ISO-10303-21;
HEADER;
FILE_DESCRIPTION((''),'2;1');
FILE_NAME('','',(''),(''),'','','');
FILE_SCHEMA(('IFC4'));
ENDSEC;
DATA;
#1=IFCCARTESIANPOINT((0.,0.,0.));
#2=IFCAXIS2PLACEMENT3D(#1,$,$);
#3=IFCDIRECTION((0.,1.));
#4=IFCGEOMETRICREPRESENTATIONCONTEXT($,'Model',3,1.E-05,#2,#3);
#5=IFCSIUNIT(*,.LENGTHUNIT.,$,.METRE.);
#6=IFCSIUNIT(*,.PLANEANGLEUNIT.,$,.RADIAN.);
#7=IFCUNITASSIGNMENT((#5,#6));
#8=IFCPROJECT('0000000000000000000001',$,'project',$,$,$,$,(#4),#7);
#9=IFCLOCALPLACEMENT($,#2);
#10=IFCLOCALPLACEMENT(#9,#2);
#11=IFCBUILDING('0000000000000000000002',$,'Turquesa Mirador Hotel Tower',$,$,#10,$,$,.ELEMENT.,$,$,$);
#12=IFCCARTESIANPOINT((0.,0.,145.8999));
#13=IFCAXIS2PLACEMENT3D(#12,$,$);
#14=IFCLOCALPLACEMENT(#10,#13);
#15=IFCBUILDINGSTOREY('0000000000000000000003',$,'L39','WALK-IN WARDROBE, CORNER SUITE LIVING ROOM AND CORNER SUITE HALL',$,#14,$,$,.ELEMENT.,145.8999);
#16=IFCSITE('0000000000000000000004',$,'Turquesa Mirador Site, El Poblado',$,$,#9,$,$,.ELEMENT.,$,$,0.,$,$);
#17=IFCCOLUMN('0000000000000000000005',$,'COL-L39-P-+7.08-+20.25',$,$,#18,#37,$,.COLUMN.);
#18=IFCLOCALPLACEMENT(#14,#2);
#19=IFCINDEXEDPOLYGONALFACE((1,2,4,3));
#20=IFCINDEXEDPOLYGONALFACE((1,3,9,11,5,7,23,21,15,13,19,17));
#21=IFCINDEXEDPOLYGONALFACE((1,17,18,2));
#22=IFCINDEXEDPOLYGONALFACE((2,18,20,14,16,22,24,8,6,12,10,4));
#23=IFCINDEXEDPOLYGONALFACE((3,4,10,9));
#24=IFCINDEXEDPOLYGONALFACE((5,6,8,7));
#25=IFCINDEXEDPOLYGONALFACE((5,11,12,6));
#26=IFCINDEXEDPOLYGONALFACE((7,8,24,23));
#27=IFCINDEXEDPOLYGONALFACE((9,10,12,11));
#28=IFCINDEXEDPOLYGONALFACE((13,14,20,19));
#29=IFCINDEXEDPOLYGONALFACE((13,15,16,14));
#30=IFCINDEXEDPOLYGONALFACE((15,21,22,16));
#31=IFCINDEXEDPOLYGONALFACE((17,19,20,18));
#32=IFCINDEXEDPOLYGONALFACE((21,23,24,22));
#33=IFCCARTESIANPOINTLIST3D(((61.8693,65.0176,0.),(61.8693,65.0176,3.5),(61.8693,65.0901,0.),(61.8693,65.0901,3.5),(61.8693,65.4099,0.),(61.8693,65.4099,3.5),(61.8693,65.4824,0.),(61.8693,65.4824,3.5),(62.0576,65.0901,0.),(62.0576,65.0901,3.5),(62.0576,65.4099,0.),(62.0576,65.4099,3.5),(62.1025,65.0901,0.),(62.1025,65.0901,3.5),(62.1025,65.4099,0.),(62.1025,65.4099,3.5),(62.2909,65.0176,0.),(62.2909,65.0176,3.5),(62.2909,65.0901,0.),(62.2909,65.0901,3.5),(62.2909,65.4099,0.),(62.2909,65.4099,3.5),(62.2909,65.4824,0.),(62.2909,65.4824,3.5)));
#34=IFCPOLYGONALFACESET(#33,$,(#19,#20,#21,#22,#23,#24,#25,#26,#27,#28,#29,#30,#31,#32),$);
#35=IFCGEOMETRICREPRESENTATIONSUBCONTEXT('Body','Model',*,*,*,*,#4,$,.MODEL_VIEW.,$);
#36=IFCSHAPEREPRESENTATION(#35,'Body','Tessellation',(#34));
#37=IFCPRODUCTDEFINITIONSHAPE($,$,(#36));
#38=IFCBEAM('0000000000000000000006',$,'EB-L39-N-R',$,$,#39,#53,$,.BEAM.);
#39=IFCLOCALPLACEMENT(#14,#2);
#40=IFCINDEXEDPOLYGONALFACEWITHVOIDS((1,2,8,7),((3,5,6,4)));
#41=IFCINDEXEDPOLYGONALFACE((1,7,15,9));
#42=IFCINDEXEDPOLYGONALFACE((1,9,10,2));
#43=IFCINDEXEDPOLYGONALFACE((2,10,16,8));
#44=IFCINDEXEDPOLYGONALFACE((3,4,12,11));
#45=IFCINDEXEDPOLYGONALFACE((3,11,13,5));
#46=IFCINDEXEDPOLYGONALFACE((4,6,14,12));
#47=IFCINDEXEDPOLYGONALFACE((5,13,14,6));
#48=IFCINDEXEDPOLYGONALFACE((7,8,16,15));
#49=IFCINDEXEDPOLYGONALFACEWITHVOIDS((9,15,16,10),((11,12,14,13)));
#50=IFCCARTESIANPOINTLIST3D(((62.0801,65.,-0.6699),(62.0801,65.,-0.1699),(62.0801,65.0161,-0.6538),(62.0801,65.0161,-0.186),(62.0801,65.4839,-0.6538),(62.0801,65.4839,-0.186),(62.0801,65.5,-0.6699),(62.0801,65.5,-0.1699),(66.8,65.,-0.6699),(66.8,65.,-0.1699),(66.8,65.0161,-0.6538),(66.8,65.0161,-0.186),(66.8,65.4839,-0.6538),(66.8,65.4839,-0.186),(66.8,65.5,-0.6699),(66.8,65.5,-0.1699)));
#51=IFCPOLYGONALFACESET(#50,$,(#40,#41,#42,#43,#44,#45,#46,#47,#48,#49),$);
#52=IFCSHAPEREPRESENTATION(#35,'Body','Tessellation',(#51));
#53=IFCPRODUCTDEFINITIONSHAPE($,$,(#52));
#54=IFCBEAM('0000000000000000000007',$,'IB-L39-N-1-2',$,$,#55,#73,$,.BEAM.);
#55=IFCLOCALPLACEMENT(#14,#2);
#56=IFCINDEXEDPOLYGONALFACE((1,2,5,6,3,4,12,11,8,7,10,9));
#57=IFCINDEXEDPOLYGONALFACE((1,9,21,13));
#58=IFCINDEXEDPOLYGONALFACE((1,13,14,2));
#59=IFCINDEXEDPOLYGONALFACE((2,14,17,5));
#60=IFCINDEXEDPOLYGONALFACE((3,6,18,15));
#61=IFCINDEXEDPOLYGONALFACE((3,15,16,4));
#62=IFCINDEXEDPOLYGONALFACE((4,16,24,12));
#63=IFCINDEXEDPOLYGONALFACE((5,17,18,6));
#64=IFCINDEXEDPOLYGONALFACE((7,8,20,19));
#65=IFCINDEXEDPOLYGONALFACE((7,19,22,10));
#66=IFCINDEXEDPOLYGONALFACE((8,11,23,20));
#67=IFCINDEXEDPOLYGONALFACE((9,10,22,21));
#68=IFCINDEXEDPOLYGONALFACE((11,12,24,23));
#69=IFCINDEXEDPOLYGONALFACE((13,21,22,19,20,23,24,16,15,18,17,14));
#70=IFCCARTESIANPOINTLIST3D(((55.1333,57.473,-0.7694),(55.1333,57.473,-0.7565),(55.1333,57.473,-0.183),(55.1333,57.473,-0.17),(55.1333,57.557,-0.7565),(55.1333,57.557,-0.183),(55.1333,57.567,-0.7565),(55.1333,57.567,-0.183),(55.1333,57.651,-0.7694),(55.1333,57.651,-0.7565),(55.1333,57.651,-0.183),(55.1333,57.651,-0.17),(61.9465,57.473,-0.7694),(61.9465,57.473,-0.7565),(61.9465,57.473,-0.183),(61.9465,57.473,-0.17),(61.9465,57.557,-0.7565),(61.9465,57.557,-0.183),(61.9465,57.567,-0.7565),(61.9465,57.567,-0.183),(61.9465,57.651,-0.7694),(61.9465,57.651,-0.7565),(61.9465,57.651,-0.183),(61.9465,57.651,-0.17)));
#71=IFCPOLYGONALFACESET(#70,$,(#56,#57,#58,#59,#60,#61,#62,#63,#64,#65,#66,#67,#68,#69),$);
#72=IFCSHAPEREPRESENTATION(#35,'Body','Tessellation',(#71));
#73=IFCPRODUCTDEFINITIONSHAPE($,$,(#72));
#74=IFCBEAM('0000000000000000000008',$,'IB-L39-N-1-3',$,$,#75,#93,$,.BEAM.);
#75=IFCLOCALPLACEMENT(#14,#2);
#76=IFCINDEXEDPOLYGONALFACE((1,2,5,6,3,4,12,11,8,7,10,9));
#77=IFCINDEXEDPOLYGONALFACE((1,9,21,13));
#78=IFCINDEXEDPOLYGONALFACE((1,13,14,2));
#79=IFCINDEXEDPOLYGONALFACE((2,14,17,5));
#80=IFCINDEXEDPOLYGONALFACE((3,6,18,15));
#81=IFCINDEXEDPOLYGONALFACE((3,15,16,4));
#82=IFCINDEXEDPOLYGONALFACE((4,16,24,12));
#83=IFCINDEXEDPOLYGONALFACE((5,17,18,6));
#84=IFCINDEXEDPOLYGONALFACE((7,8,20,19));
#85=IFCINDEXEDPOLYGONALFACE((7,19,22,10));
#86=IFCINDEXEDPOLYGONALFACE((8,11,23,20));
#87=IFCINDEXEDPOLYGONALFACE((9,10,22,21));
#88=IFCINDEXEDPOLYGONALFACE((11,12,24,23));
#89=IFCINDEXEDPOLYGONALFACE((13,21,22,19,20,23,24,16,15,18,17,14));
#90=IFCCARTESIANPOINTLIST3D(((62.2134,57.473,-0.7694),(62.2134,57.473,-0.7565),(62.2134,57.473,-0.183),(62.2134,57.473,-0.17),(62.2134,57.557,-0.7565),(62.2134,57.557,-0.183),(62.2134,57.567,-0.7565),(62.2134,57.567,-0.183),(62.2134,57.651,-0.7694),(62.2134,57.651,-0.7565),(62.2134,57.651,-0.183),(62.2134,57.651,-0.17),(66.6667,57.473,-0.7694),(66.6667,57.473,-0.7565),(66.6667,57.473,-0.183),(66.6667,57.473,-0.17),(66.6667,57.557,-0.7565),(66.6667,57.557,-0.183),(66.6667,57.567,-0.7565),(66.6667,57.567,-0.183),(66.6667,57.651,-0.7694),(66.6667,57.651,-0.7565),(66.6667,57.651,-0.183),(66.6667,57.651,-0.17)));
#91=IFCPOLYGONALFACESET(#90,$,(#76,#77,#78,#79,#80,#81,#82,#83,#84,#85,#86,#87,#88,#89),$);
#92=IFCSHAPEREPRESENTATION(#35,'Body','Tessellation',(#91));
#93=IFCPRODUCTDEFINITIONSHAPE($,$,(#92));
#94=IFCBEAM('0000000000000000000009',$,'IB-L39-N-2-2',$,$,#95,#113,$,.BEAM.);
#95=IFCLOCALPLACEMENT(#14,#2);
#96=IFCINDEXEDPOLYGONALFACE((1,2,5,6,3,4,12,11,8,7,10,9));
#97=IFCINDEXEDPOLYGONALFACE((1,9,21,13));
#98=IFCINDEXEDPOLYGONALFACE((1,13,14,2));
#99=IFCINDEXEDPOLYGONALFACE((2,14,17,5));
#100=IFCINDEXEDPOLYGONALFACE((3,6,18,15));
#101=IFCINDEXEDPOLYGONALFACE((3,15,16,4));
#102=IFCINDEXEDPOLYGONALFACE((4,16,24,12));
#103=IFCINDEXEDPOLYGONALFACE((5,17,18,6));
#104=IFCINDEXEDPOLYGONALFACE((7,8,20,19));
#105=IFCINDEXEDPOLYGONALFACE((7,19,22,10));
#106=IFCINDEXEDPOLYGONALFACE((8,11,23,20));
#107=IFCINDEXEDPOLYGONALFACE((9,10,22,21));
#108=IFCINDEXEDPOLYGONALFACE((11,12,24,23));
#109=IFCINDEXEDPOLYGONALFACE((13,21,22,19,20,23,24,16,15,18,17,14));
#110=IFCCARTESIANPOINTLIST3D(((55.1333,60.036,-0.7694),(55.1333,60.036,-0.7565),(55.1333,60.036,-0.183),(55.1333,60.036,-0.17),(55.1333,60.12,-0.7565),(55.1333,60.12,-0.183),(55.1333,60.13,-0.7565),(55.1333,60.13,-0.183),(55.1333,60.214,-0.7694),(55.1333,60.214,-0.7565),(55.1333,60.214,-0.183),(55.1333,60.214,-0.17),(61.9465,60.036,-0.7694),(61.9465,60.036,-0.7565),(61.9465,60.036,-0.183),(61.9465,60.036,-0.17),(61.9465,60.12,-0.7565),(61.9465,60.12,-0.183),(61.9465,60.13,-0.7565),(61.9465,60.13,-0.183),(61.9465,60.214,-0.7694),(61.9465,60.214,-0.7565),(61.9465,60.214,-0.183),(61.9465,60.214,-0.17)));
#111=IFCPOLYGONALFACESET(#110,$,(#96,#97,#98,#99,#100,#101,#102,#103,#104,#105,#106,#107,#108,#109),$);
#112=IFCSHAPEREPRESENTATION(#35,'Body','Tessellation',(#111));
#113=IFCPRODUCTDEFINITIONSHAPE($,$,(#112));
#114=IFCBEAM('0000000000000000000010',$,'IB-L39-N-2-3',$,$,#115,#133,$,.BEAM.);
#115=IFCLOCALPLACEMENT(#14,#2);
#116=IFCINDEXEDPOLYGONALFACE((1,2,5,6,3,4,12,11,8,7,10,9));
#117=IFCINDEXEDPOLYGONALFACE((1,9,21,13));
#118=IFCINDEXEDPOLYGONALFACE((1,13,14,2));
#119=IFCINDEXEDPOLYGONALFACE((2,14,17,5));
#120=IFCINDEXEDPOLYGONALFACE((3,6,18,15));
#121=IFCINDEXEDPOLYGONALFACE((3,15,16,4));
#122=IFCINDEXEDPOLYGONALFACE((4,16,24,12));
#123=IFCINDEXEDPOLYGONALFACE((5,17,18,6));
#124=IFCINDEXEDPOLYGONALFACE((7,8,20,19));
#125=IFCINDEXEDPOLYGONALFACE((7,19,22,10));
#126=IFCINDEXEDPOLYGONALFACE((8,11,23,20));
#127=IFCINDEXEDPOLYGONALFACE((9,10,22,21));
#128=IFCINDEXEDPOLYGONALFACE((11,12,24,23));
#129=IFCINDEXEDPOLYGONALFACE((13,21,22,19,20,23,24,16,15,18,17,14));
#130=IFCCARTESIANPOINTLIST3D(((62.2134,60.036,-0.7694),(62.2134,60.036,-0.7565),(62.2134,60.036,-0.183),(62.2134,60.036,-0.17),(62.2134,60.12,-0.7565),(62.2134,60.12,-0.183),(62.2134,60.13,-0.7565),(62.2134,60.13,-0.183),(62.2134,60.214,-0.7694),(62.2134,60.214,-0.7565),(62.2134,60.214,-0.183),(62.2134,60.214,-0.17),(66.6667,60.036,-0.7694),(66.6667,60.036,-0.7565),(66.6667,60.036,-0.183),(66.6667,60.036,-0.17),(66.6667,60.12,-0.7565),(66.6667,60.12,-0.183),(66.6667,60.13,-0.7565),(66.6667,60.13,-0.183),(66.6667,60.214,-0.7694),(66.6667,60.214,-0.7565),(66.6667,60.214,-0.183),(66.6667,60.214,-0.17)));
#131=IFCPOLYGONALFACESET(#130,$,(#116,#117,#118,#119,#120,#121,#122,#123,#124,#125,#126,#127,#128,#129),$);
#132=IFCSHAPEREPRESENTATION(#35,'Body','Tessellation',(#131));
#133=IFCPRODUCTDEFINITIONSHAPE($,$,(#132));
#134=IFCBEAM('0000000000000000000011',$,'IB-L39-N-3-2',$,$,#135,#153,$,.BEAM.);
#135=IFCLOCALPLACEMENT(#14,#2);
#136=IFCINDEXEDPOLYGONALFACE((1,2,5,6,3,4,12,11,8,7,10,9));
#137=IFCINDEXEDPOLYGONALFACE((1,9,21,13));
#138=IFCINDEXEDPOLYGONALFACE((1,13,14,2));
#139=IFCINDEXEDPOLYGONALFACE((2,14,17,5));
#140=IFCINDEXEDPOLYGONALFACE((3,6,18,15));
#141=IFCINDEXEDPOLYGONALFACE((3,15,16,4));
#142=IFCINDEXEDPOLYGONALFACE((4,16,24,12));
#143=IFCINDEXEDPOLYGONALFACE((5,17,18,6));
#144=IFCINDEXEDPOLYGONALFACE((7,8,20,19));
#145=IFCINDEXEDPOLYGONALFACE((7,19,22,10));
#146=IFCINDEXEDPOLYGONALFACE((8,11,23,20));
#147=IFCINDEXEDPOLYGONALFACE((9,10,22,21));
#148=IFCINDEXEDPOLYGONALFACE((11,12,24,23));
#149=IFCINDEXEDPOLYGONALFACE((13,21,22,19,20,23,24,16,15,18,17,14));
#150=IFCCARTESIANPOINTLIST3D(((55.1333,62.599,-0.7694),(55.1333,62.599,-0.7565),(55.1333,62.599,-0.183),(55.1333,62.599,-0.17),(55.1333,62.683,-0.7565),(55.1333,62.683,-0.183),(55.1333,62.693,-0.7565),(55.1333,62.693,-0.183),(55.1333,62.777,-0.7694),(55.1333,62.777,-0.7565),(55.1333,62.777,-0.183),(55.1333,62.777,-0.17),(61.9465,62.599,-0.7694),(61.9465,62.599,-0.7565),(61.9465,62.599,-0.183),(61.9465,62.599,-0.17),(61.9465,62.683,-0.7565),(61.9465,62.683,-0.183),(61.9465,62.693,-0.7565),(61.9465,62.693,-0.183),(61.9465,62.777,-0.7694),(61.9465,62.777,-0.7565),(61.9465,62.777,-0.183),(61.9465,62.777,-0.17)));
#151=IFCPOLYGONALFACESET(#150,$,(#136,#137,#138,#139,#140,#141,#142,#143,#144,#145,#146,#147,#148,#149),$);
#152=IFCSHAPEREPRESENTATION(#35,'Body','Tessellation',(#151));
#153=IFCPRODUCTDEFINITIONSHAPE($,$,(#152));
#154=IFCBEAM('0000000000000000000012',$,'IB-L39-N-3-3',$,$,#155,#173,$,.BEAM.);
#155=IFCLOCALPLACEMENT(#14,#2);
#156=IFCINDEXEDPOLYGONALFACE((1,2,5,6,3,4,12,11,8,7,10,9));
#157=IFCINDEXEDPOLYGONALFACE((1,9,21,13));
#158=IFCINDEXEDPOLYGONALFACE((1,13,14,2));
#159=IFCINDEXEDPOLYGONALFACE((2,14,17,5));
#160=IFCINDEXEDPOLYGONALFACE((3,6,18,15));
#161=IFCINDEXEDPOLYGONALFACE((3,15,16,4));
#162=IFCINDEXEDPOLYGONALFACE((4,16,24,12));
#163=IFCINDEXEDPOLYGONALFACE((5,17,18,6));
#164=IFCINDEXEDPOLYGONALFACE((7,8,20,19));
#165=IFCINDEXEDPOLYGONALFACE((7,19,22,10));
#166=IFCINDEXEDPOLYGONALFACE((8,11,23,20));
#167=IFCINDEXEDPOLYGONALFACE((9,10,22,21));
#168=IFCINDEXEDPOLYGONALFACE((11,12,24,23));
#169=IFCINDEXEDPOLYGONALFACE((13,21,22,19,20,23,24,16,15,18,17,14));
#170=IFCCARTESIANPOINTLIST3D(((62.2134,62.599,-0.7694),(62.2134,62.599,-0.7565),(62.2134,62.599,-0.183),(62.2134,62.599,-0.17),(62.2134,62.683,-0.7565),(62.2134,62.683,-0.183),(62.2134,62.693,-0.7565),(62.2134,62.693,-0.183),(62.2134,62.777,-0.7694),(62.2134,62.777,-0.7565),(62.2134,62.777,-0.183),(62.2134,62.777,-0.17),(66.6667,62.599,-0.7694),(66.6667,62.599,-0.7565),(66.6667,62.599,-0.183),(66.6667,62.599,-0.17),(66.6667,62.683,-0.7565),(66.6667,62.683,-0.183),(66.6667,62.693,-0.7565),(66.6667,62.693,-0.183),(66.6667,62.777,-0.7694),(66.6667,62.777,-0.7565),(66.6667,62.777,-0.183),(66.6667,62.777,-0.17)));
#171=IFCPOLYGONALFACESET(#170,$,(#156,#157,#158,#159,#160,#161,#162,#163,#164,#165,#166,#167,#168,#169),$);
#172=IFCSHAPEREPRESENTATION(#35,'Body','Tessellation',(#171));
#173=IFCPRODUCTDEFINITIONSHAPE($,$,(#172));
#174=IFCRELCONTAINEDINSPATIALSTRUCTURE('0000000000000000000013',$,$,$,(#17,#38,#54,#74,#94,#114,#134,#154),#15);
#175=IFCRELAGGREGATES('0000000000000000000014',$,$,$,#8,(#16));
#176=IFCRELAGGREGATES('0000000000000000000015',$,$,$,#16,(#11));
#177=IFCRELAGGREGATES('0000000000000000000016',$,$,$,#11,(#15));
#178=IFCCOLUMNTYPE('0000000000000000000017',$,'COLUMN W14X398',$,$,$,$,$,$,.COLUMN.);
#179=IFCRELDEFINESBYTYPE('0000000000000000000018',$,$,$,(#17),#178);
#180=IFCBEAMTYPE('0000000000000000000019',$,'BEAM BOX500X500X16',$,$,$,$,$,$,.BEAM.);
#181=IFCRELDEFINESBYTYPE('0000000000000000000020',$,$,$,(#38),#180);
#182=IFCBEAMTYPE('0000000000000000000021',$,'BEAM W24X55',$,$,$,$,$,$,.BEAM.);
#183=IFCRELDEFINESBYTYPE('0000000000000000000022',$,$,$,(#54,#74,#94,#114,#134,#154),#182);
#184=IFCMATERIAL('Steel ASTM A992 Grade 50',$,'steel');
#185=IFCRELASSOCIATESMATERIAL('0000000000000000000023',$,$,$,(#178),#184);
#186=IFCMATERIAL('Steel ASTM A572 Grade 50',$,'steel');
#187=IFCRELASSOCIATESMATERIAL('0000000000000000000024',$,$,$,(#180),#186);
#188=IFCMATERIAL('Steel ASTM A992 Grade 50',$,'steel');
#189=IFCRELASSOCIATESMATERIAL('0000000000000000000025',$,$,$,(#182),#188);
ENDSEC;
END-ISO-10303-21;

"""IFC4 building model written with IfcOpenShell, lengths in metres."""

from ifc_helpers import new_model, si_unit, direction, frame, origin, origin_2d, place, context, subcontext, project, spatial, hollow_rectangle, i_section, extrude, material, material_profile, profile_set, type_object, element, save


model = new_model("IFC4")

# Units and contexts
model_context = context("Model", 3, precision=1e-05, world=origin(), true_north=direction((0.0, 1.0)))
body_context = subcontext(model_context, "Body", "Model", "MODEL_VIEW")
ifc_project = project(units=[si_unit("LENGTHUNIT", "METRE"), si_unit("PLANEANGLEUNIT", "RADIAN")], contexts=[model_context])

# Site, building, storey
site_placement = place(None, origin())
site = spatial("IfcSite", under=ifc_project, at=site_placement, Name="Turquesa Mirador Site, El Poblado", CompositionType="ELEMENT", RefElevation=0.0)
building_placement = place(site_placement, origin())
building = spatial("IfcBuilding", under=site, at=building_placement, Name="Turquesa Mirador Hotel Tower", CompositionType="ELEMENT")
storey_placement = place(building_placement, frame((0.0, 0.0, 145.8999)))
storey = spatial("IfcBuildingStorey", under=building, at=storey_placement, Name="L39", Description="WALK-IN WARDROBE, CORNER SUITE LIVING ROOM AND CORNER SUITE HALL", CompositionType="ELEMENT", Elevation=145.8999)

# Column
ifc_material_1 = material(Name="Steel ASTM A992 Grade 50", Category="steel")
ifc_material_profile_1 = material_profile(ifc_material_1, i_section(OverallWidth=0.4216, OverallDepth=0.4648, WebThickness=0.0449, FlangeThickness=0.0725, at=origin_2d()), Name="W14X398")
ifc_profile_set_1 = profile_set([ifc_material_profile_1], Name="Steel ASTM A992 Grade 50")
column_type = type_object("IfcColumnType", Name="COLUMN W14X398", PredefinedType="COLUMN", material=ifc_profile_set_1)
column_placement = place(storey_placement, frame((62.0801, 65.25, 0.0), z_axis=(0.0, 0.0, 1.0), x_axis=(1.0, 0.0, 0.0)))
element("IfcColumn", 1, at=column_placement, inside=storey, type_object=column_type, Name="COL-L39-P-+7.08-+20.25", PredefinedType="COLUMN", context=body_context, shape_type="SweptSolid", body=[
    extrude(i_section(OverallWidth=0.4216, OverallDepth=0.4648, WebThickness=0.0449, FlangeThickness=0.0725, at=origin_2d()), origin(), (0.0, 0.0, 1.0), 3.5),
])

# Beams
ifc_material_2 = material(Name="Steel ASTM A572 Grade 50", Category="steel")
ifc_material_profile_2 = material_profile(ifc_material_2, hollow_rectangle(XDim=0.5, YDim=0.5, WallThickness=0.0161, at=origin_2d()), Name="BOX500X500X16")
ifc_profile_set_2 = profile_set([ifc_material_profile_2], Name="Steel ASTM A572 Grade 50")
beam_type_1 = type_object("IfcBeamType", Name="BEAM BOX500X500X16", PredefinedType="BEAM", material=ifc_profile_set_2)
beam_1_placement = place(storey_placement, frame((62.0801, 65.25, -0.4199), z_axis=(1.0, 0.0, 0.0), x_axis=(0.0, 1.0, 0.0)))
element("IfcBeam", 2, at=beam_1_placement, inside=storey, type_object=beam_type_1, Name="EB-L39-N-R", PredefinedType="BEAM", context=body_context, shape_type="SweptSolid", body=[
    extrude(hollow_rectangle(XDim=0.5, YDim=0.5, WallThickness=0.0161, at=origin_2d()), origin(), (0.0, 0.0, 1.0), 4.72),
])
ifc_material_3 = material(Name="Steel ASTM A992 Grade 50", Category="steel")
ifc_material_profile_3 = material_profile(ifc_material_3, i_section(OverallWidth=0.178, OverallDepth=0.5994, WebThickness=0.01, FlangeThickness=0.0129, at=origin_2d()), Name="W24X55")
ifc_profile_set_3 = profile_set([ifc_material_profile_3], Name="Steel ASTM A992 Grade 50")
beam_type_2 = type_object("IfcBeamType", Name="BEAM W24X55", PredefinedType="BEAM", material=ifc_profile_set_3)
beam_2_placement = place(storey_placement, frame((55.1333, 57.562, -0.4697), z_axis=(1.0, 0.0, 0.0), x_axis=(0.0, 1.0, 0.0)))
element("IfcBeam", 3, at=beam_2_placement, inside=storey, type_object=beam_type_2, Name="IB-L39-N-1-2", PredefinedType="BEAM", context=body_context, shape_type="SweptSolid", body=[
    extrude(i_section(OverallWidth=0.178, OverallDepth=0.5994, WebThickness=0.01, FlangeThickness=0.0129, at=origin_2d()), origin(), (0.0, 0.0, 1.0), 6.8132),
])
beam_3_placement = place(storey_placement, frame((62.2134, 57.562, -0.4697), z_axis=(1.0, 0.0, 0.0), x_axis=(0.0, 1.0, 0.0)))
element("IfcBeam", 4, at=beam_3_placement, inside=storey, type_object=beam_type_2, Name="IB-L39-N-1-3", PredefinedType="BEAM", context=body_context, shape_type="SweptSolid", body=[
    extrude(i_section(OverallWidth=0.178, OverallDepth=0.5994, WebThickness=0.01, FlangeThickness=0.0129, at=origin_2d()), origin(), (0.0, 0.0, 1.0), 4.4534),
])
beam_4_placement = place(storey_placement, frame((55.1333, 60.125, -0.4697), z_axis=(1.0, 0.0, 0.0), x_axis=(0.0, 1.0, 0.0)))
element("IfcBeam", 5, at=beam_4_placement, inside=storey, type_object=beam_type_2, Name="IB-L39-N-2-2", PredefinedType="BEAM", context=body_context, shape_type="SweptSolid", body=[
    extrude(i_section(OverallWidth=0.178, OverallDepth=0.5994, WebThickness=0.01, FlangeThickness=0.0129, at=origin_2d()), origin(), (0.0, 0.0, 1.0), 6.8132),
])
beam_5_placement = place(storey_placement, frame((62.2134, 60.125, -0.4697), z_axis=(1.0, 0.0, 0.0), x_axis=(0.0, 1.0, 0.0)))
element("IfcBeam", 6, at=beam_5_placement, inside=storey, type_object=beam_type_2, Name="IB-L39-N-2-3", PredefinedType="BEAM", context=body_context, shape_type="SweptSolid", body=[
    extrude(i_section(OverallWidth=0.178, OverallDepth=0.5994, WebThickness=0.01, FlangeThickness=0.0129, at=origin_2d()), origin(), (0.0, 0.0, 1.0), 4.4534),
])
beam_6_placement = place(storey_placement, frame((55.1333, 62.688, -0.4697), z_axis=(1.0, 0.0, 0.0), x_axis=(0.0, 1.0, 0.0)))
element("IfcBeam", 7, at=beam_6_placement, inside=storey, type_object=beam_type_2, Name="IB-L39-N-3-2", PredefinedType="BEAM", context=body_context, shape_type="SweptSolid", body=[
    extrude(i_section(OverallWidth=0.178, OverallDepth=0.5994, WebThickness=0.01, FlangeThickness=0.0129, at=origin_2d()), origin(), (0.0, 0.0, 1.0), 6.8132),
])
beam_7_placement = place(storey_placement, frame((62.2134, 62.688, -0.4697), z_axis=(1.0, 0.0, 0.0), x_axis=(0.0, 1.0, 0.0)))
element("IfcBeam", 8, at=beam_7_placement, inside=storey, type_object=beam_type_2, Name="IB-L39-N-3-3", PredefinedType="BEAM", context=body_context, shape_type="SweptSolid", body=[
    extrude(i_section(OverallWidth=0.178, OverallDepth=0.5994, WebThickness=0.01, FlangeThickness=0.0129, at=origin_2d()), origin(), (0.0, 0.0, 1.0), 4.4534),
])

save(model, "model.ifc")
